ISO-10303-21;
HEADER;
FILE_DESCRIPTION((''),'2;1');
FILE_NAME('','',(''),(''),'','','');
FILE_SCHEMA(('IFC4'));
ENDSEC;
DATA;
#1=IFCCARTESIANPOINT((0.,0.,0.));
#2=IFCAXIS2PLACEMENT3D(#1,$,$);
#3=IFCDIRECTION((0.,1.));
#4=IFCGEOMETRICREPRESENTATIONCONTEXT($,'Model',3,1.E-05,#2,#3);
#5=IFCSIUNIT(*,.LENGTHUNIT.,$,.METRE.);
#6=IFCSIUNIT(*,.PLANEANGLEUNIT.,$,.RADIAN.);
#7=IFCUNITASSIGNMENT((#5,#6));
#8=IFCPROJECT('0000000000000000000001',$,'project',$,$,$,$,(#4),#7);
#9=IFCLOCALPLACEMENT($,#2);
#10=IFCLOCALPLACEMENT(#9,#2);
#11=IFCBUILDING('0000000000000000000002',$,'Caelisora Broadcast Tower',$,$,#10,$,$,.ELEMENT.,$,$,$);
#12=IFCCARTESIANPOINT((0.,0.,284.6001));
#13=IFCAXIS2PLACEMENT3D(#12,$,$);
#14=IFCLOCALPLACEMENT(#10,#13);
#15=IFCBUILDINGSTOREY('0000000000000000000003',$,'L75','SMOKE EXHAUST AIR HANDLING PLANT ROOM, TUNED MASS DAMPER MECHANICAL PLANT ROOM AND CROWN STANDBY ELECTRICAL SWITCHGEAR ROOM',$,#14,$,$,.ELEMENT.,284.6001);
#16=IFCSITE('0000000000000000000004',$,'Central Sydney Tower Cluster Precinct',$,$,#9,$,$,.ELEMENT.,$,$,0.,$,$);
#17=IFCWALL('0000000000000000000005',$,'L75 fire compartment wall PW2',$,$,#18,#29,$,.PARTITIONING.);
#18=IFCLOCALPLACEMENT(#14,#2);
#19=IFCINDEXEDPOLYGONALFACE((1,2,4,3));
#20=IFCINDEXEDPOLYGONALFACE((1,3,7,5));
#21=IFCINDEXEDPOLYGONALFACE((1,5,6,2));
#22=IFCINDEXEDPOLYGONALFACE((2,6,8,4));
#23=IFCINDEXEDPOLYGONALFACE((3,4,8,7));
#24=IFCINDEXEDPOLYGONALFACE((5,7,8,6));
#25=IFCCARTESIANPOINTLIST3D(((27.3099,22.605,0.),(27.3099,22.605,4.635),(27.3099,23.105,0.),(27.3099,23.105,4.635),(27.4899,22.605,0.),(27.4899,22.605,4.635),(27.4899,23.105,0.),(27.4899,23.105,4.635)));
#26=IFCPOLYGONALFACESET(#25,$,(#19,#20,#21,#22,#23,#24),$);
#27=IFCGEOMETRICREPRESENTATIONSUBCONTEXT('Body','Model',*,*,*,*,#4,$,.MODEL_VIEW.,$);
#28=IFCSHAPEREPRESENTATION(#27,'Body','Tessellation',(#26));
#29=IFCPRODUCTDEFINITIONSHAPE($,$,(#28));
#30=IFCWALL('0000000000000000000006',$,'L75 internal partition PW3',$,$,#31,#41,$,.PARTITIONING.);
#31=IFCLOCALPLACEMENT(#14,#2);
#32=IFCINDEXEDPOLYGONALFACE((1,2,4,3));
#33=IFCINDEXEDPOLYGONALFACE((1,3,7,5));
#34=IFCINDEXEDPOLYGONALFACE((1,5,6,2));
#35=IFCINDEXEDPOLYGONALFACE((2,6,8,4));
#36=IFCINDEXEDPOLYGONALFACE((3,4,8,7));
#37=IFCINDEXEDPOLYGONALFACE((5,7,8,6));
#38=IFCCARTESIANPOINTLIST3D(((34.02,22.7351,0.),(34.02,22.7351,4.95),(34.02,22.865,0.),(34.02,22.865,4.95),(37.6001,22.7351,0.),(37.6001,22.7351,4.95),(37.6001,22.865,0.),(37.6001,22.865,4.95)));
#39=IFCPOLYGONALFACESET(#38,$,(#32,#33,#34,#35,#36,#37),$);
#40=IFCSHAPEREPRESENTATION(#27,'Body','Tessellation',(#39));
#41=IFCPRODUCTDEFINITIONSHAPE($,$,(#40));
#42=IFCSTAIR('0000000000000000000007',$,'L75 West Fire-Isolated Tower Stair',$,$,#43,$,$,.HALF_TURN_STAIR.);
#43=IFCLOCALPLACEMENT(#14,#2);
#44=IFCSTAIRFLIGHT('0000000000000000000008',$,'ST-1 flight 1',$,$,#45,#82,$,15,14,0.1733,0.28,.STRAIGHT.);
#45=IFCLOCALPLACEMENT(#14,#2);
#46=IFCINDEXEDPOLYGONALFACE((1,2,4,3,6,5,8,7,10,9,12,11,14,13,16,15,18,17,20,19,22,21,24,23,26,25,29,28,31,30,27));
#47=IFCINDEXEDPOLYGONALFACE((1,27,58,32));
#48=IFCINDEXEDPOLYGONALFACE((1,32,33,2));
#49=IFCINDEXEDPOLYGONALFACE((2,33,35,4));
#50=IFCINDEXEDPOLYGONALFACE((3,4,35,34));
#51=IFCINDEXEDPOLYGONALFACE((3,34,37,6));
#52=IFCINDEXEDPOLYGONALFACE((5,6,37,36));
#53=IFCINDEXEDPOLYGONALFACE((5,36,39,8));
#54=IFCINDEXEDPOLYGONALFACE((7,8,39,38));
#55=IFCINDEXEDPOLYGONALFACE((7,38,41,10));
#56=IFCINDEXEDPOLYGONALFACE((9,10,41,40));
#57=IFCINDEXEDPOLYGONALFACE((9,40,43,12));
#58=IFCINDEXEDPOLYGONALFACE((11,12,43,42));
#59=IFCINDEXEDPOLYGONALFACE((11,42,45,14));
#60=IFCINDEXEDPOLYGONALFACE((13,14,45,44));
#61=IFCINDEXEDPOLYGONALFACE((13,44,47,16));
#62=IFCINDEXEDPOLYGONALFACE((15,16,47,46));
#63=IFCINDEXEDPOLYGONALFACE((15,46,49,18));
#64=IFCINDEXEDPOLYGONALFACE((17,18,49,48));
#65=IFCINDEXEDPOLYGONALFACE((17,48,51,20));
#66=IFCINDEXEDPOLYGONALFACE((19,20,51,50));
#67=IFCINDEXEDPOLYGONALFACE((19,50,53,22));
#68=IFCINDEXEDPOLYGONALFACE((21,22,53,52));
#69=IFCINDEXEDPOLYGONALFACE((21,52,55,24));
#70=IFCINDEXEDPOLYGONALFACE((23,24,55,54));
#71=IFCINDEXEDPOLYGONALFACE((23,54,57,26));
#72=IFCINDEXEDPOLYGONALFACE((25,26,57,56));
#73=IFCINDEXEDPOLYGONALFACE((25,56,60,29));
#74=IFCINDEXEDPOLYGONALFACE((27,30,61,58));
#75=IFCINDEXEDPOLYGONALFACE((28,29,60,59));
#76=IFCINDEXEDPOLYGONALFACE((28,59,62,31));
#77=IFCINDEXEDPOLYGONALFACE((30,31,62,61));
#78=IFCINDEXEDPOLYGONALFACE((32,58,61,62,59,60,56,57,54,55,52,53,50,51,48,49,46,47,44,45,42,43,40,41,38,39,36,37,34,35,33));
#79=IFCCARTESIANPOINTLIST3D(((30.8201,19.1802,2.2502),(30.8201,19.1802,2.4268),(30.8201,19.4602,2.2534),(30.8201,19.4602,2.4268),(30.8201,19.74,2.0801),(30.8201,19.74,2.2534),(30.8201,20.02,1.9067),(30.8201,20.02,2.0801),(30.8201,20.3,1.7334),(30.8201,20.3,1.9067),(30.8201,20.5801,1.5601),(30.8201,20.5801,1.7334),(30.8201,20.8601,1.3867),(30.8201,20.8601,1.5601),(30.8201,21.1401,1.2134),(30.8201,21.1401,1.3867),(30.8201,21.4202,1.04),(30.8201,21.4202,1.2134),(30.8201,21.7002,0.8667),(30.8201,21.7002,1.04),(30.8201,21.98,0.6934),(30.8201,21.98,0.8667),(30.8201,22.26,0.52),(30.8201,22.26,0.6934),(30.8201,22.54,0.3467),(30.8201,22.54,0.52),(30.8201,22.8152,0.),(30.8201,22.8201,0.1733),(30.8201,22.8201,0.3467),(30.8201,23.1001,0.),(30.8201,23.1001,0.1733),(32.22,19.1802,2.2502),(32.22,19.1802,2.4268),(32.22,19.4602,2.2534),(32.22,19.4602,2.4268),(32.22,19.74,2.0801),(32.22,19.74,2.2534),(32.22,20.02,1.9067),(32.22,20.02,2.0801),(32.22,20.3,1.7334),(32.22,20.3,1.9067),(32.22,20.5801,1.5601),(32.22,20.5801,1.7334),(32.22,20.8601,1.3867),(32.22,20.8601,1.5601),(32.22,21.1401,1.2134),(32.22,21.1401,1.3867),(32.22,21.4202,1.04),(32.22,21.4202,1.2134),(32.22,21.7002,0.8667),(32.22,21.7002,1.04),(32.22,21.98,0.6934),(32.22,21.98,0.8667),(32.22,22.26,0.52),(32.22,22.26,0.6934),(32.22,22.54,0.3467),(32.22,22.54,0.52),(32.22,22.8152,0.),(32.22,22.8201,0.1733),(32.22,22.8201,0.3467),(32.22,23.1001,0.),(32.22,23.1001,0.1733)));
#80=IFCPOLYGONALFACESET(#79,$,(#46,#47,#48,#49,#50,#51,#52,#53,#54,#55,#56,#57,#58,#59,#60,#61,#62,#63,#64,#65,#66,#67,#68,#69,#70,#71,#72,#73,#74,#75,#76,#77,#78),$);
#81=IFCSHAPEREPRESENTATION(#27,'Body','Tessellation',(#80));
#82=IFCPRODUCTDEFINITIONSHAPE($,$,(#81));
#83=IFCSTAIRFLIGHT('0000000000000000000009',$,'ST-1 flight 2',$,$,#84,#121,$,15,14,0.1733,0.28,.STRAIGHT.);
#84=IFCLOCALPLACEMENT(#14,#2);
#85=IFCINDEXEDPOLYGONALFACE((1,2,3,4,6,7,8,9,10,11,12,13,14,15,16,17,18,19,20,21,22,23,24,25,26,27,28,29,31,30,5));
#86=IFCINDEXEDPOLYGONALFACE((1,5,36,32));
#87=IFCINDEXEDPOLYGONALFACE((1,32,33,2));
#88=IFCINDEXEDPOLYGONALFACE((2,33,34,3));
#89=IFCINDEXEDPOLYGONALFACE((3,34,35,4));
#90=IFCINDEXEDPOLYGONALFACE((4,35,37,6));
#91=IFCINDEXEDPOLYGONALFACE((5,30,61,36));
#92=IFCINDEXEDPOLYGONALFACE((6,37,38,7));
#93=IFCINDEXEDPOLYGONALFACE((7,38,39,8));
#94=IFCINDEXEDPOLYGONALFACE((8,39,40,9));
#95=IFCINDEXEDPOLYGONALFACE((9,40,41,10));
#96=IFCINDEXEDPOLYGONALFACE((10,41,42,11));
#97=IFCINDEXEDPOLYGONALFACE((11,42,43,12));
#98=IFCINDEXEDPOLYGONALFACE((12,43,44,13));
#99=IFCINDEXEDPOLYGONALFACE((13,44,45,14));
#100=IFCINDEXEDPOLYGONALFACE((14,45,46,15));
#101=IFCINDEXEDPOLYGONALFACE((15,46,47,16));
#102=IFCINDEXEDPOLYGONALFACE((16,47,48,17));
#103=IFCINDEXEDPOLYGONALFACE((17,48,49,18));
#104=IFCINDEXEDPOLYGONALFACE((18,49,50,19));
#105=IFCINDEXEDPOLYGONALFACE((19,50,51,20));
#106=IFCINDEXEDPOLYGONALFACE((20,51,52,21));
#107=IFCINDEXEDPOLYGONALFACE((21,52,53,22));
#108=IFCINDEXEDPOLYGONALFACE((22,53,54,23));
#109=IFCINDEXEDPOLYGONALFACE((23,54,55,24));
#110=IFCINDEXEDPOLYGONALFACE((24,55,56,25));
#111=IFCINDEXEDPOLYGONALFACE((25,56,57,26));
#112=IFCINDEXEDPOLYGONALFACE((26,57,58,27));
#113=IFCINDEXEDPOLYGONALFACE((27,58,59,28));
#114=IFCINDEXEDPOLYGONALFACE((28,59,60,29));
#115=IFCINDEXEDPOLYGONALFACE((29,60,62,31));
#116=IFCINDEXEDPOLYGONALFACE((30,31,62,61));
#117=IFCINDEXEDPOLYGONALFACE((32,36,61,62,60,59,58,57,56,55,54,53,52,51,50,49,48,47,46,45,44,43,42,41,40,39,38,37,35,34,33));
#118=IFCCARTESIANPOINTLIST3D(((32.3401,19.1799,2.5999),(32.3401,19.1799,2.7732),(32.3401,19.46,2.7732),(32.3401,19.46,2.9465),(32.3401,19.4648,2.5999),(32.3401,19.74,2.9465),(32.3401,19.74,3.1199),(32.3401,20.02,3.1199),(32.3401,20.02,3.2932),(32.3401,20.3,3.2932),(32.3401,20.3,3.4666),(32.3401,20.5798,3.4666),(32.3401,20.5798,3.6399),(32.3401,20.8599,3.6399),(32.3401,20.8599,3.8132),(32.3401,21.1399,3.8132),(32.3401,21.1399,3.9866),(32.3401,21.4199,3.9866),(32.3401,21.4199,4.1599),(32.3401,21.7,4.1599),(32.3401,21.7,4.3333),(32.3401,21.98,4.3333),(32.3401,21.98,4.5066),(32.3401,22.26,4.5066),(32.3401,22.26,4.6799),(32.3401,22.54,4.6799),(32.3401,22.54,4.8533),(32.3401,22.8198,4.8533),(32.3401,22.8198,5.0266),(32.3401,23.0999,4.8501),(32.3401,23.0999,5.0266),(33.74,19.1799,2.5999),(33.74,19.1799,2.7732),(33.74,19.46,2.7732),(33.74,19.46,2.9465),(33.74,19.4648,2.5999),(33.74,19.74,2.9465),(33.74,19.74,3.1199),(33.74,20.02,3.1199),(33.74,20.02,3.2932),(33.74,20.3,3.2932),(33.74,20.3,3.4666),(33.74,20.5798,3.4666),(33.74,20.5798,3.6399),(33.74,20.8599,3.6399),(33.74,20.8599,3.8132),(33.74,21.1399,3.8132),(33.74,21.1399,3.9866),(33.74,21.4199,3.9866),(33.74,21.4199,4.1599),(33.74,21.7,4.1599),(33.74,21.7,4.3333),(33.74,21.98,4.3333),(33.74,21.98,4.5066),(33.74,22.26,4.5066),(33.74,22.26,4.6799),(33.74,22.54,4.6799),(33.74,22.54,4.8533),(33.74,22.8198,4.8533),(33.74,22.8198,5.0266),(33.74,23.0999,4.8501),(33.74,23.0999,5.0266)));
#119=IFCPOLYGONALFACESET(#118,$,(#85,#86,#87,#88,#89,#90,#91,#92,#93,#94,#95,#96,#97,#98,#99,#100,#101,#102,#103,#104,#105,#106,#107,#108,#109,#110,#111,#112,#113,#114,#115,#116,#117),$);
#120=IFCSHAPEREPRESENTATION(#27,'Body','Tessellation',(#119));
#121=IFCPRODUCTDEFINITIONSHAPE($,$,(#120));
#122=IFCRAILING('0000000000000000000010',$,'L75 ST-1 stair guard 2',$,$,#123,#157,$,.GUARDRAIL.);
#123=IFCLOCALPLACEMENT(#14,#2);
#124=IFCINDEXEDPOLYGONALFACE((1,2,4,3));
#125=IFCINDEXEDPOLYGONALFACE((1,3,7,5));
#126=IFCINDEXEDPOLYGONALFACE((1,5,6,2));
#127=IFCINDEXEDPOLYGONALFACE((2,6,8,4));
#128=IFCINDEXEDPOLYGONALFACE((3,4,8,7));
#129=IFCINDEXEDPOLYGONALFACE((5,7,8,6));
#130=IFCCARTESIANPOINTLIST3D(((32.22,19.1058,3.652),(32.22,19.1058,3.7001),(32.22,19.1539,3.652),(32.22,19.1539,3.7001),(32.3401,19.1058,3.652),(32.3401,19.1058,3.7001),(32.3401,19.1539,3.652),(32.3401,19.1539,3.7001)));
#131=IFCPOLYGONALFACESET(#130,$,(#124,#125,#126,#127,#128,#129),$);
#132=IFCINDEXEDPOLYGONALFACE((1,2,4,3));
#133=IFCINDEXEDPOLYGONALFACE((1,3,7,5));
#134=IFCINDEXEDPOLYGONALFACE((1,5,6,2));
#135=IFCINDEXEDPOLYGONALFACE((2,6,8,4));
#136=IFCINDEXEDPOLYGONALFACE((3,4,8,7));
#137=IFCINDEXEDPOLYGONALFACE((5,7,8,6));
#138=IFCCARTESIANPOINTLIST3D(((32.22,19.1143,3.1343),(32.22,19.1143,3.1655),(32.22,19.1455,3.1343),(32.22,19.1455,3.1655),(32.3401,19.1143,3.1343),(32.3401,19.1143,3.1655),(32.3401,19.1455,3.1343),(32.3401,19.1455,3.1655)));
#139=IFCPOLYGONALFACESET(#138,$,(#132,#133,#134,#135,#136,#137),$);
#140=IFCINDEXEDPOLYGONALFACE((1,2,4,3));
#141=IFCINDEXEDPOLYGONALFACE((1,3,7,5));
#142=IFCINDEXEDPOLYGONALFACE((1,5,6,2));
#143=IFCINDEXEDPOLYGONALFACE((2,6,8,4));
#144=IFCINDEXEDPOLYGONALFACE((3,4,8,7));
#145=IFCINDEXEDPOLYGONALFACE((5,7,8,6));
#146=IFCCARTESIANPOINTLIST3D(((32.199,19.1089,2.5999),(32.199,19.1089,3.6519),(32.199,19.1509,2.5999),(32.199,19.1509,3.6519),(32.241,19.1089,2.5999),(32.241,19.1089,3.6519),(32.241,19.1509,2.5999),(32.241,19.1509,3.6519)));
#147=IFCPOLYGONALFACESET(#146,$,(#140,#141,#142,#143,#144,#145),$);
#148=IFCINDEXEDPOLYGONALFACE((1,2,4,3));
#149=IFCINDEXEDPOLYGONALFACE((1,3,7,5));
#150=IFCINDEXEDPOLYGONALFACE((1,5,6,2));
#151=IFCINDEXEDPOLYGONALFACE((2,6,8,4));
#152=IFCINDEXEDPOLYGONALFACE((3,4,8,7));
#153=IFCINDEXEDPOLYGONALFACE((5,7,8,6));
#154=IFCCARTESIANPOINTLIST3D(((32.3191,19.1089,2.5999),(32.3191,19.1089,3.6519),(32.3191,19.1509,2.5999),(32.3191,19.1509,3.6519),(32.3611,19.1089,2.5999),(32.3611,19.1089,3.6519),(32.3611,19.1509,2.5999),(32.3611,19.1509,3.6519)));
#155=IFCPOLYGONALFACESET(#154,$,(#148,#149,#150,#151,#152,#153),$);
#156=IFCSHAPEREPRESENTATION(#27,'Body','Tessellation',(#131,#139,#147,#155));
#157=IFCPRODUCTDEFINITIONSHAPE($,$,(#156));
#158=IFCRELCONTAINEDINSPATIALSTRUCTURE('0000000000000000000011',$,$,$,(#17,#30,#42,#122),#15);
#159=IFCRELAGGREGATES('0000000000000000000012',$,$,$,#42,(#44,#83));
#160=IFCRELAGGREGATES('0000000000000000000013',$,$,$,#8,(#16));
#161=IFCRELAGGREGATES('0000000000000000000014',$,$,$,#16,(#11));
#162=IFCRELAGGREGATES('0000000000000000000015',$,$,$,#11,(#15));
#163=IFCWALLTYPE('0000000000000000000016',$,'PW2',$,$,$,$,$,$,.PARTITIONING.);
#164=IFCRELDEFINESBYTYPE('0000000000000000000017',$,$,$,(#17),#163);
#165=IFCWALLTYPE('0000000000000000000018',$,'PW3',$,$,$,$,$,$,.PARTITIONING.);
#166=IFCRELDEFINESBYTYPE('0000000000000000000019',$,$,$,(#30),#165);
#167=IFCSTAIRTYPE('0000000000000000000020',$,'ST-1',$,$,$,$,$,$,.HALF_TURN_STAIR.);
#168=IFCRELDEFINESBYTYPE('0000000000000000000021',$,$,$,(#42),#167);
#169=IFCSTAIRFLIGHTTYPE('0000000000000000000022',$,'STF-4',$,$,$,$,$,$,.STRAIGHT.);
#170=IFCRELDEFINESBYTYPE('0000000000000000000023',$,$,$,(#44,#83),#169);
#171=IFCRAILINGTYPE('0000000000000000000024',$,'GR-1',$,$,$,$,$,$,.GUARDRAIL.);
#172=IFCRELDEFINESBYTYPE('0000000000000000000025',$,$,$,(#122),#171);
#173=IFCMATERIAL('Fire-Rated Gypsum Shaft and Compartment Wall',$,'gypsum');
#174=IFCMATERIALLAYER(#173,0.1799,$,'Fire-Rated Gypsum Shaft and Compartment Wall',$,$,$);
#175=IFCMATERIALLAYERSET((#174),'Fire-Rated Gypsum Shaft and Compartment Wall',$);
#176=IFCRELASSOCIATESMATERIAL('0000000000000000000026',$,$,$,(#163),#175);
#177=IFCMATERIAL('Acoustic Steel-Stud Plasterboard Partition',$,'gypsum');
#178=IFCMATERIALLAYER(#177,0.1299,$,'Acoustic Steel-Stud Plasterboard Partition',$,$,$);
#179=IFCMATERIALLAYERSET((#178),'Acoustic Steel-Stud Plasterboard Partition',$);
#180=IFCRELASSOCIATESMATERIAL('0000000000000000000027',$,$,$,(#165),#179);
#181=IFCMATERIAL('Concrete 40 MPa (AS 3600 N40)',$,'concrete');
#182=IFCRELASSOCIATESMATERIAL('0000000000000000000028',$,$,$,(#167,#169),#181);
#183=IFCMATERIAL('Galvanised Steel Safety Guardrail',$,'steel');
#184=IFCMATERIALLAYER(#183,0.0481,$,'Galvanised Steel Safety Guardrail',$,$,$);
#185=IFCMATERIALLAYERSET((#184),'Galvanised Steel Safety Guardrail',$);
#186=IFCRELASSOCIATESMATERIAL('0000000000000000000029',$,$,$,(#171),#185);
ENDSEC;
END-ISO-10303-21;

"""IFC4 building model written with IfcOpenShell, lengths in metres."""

from ifc_helpers import new_model, si_unit, direction, frame, frame_2d, origin, origin_2d, place, context, subcontext, project, spatial, polyline, rectangle, outline, extrude, material, layer, layer_set, type_object, element, aggregate, save


model = new_model("IFC4")

# Units and contexts
model_context = context("Model", 3, precision=1e-05, world=origin(), true_north=direction((0.0, 1.0)))
body_context = subcontext(model_context, "Body", "Model", "MODEL_VIEW")
ifc_project = project(units=[si_unit("LENGTHUNIT", "METRE"), si_unit("PLANEANGLEUNIT", "RADIAN")], contexts=[model_context])

# Site, building, storey
site_placement = place(None, origin())
site = spatial("IfcSite", under=ifc_project, at=site_placement, Name="Central Sydney Tower Cluster Precinct", CompositionType="ELEMENT", RefElevation=0.0)
building_placement = place(site_placement, origin())
building = spatial("IfcBuilding", under=site, at=building_placement, Name="Caelisora Broadcast Tower", CompositionType="ELEMENT")
storey_placement = place(building_placement, frame((0.0, 0.0, 284.6001)))
storey = spatial("IfcBuildingStorey", under=building, at=storey_placement, Name="L75", Description="SMOKE EXHAUST AIR HANDLING PLANT ROOM, TUNED MASS DAMPER MECHANICAL PLANT ROOM AND CROWN STANDBY ELECTRICAL SWITCHGEAR ROOM", CompositionType="ELEMENT", Elevation=284.6001)

# Shared definitions
ifc_material_1 = material(Name="Concrete 40 MPa (AS 3600 N40)", Category="concrete")

# Shared definitions
ifc_material_2 = material(Name="Fire-Rated Gypsum Shaft and Compartment Wall", Category="gypsum")
ifc_layer_1 = layer(ifc_material_2, 0.1799, Name="Fire-Rated Gypsum Shaft and Compartment Wall")
ifc_layer_set_1 = layer_set([ifc_layer_1], Name="Fire-Rated Gypsum Shaft and Compartment Wall")
wall_type_1 = type_object("IfcWallType", Name="PW2", PredefinedType="PARTITIONING", material=ifc_layer_set_1)

# Walls
wall_1_placement = place(storey_placement, frame((27.3999, 22.605, 0.0), z_axis=(0.0, 0.0, 1.0), x_axis=(0.0, 1.0, 0.0)))
element("IfcWall", 1, at=wall_1_placement, inside=storey, type_object=wall_type_1, Name="L75 fire compartment wall PW2", PredefinedType="PARTITIONING", context=body_context, shape_type="SweptSolid", body=[
    extrude(rectangle(XDim=0.5, YDim=0.1799, at=frame_2d((0.25, 0.0))), origin(), (0.0, 0.0, 1.0), 4.635),
])
ifc_material_3 = material(Name="Acoustic Steel-Stud Plasterboard Partition", Category="gypsum")
ifc_layer_2 = layer(ifc_material_3, 0.1299, Name="Acoustic Steel-Stud Plasterboard Partition")
ifc_layer_set_2 = layer_set([ifc_layer_2], Name="Acoustic Steel-Stud Plasterboard Partition")
wall_type_2 = type_object("IfcWallType", Name="PW3", PredefinedType="PARTITIONING", material=ifc_layer_set_2)
wall_2_placement = place(storey_placement, frame((34.02, 22.8, 0.0), z_axis=(0.0, 0.0, 1.0), x_axis=(1.0, 0.0, 0.0)))
element("IfcWall", 2, at=wall_2_placement, inside=storey, type_object=wall_type_2, Name="L75 internal partition PW3", PredefinedType="PARTITIONING", context=body_context, shape_type="SweptSolid", body=[
    extrude(rectangle(XDim=3.5801, YDim=0.1299, at=frame_2d((1.79, 0.0))), origin(), (0.0, 0.0, 1.0), 4.95),
])

# Stair, stair flights
stair_type = type_object("IfcStairType", Name="ST-1", PredefinedType="HALF_TURN_STAIR", material=ifc_material_1)
stair_placement = place(storey_placement, origin())
stair = element("IfcStair", 3, at=stair_placement, inside=storey, type_object=stair_type, Name="L75 West Fire-Isolated Tower Stair", PredefinedType="HALF_TURN_STAIR")
stair_flight_type = type_object("IfcStairFlightType", Name="STF-4", PredefinedType="STRAIGHT", material=ifc_material_1)
stair_flight_1_placement = place(storey_placement, frame((31.52, 23.1001, 0.0), z_axis=(0.0, 0.0, 1.0), x_axis=(0.0, -1.0, 0.0)))
stair_flight_1 = element("IfcStairFlight", 4, at=stair_flight_1_placement, type_object=stair_flight_type, Name="ST-1 flight 1", NumberOfRisers=15, NumberOfTreads=14, PredefinedType="STRAIGHT", RiserHeight=0.1733, TreadLength=0.28, context=body_context, shape_type="SweptSolid", body=[
    extrude(outline(polyline([(0.0, 0.0), (0.0, 0.1733), (0.28, 0.1733), (0.28, 0.3467), (0.5601, 0.3467), (0.5601, 0.52), (0.8401, 0.52), (0.8401, 0.6934), (1.1201, 0.6934), (1.1201, 0.8667), (1.3999, 0.8667), (1.3999, 1.04), (1.6799, 1.04), (1.6799, 1.2134), (1.96, 1.2134), (1.96, 1.3867), (2.24, 1.3867), (2.24, 1.5601), (2.52, 1.5601), (2.52, 1.7334), (2.8, 1.7334), (2.8, 1.9067), (3.0801, 1.9067), (3.0801, 2.0801), (3.3601, 2.0801), (3.3601, 2.2534), (3.6399, 2.2534), (3.6399, 2.4268), (3.9199, 2.4268), (3.9199, 2.6001), (3.9199, 2.2502), (0.2849, 0.0), (0.0, 0.0)])), frame((0.0, 0.7, 0.0), z_axis=(0.0, -1.0, 0.0), x_axis=(1.0, 0.0, 0.0)), (0.0, 0.0, 1.0), 1.3999),
])
stair_flight_2_placement = place(storey_placement, frame((33.04, 19.1799, 2.5999), z_axis=(0.0, 0.0, 1.0), x_axis=(0.0, 1.0, 0.0)))
stair_flight_2 = element("IfcStairFlight", 5, at=stair_flight_2_placement, type_object=stair_flight_type, Name="ST-1 flight 2", NumberOfRisers=15, NumberOfTreads=14, PredefinedType="STRAIGHT", RiserHeight=0.1733, TreadLength=0.28, context=body_context, shape_type="SweptSolid", body=[
    extrude(outline(polyline([(0.0, 0.0), (0.0, 0.1733), (0.28, 0.1733), (0.28, 0.3467), (0.5601, 0.3467), (0.5601, 0.52), (0.8401, 0.52), (0.8401, 0.6934), (1.1201, 0.6934), (1.1201, 0.8667), (1.3999, 0.8667), (1.3999, 1.04), (1.6799, 1.04), (1.6799, 1.2134), (1.96, 1.2134), (1.96, 1.3867), (2.24, 1.3867), (2.24, 1.5601), (2.52, 1.5601), (2.52, 1.7334), (2.8, 1.7334), (2.8, 1.9067), (3.0801, 1.9067), (3.0801, 2.0801), (3.3601, 2.0801), (3.3601, 2.2534), (3.6399, 2.2534), (3.6399, 2.4268), (3.9199, 2.4268), (3.9199, 2.6001), (3.9199, 2.2502), (0.2849, 0.0), (0.0, 0.0)])), frame((0.0, 0.7, 0.0), z_axis=(0.0, -1.0, 0.0), x_axis=(1.0, 0.0, 0.0)), (0.0, 0.0, 1.0), 1.3999),
])
aggregate(stair, [stair_flight_1, stair_flight_2])

# Railing
ifc_material_4 = material(Name="Galvanised Steel Safety Guardrail", Category="steel")
ifc_layer_3 = layer(ifc_material_4, 0.0481, Name="Galvanised Steel Safety Guardrail")
ifc_layer_set_3 = layer_set([ifc_layer_3], Name="Galvanised Steel Safety Guardrail")
railing_type_1 = type_object("IfcRailingType", Name="GR-1", PredefinedType="GUARDRAIL", material=ifc_layer_set_3)
railing_1_placement = place(storey_placement, frame((32.22, 19.1299, 2.5999)))
element("IfcRailing", 6, at=railing_1_placement, inside=storey, type_object=railing_type_1, Name="L75 ST-1 stair guard 2", PredefinedType="GUARDRAIL", context=body_context, shape_type="SweptSolid", body=[
    extrude(rectangle(XDim=0.0481, YDim=0.0481, at=origin_2d()), frame((0.0, 0.0, 1.0762), z_axis=(1.0, 0.0, 0.0), x_axis=(0.0, 1.0, 0.0)), (0.0, 0.0, 1.0), 0.1201),
    extrude(rectangle(XDim=0.0312, YDim=0.0312, at=origin_2d()), frame((0.0, 0.0, 0.55), z_axis=(1.0, 0.0, 0.0), x_axis=(0.0, 1.0, 0.0)), (0.0, 0.0, 1.0), 0.1201),
    extrude(rectangle(XDim=0.042, YDim=0.042, at=origin_2d()), origin(), (0.0, 0.0, 1.0), 1.052),
    extrude(rectangle(XDim=0.042, YDim=0.042, at=origin_2d()), frame((0.1201, 0.0, 0.0)), (0.0, 0.0, 1.0), 1.052),
])

save(model, "model.ifc")
